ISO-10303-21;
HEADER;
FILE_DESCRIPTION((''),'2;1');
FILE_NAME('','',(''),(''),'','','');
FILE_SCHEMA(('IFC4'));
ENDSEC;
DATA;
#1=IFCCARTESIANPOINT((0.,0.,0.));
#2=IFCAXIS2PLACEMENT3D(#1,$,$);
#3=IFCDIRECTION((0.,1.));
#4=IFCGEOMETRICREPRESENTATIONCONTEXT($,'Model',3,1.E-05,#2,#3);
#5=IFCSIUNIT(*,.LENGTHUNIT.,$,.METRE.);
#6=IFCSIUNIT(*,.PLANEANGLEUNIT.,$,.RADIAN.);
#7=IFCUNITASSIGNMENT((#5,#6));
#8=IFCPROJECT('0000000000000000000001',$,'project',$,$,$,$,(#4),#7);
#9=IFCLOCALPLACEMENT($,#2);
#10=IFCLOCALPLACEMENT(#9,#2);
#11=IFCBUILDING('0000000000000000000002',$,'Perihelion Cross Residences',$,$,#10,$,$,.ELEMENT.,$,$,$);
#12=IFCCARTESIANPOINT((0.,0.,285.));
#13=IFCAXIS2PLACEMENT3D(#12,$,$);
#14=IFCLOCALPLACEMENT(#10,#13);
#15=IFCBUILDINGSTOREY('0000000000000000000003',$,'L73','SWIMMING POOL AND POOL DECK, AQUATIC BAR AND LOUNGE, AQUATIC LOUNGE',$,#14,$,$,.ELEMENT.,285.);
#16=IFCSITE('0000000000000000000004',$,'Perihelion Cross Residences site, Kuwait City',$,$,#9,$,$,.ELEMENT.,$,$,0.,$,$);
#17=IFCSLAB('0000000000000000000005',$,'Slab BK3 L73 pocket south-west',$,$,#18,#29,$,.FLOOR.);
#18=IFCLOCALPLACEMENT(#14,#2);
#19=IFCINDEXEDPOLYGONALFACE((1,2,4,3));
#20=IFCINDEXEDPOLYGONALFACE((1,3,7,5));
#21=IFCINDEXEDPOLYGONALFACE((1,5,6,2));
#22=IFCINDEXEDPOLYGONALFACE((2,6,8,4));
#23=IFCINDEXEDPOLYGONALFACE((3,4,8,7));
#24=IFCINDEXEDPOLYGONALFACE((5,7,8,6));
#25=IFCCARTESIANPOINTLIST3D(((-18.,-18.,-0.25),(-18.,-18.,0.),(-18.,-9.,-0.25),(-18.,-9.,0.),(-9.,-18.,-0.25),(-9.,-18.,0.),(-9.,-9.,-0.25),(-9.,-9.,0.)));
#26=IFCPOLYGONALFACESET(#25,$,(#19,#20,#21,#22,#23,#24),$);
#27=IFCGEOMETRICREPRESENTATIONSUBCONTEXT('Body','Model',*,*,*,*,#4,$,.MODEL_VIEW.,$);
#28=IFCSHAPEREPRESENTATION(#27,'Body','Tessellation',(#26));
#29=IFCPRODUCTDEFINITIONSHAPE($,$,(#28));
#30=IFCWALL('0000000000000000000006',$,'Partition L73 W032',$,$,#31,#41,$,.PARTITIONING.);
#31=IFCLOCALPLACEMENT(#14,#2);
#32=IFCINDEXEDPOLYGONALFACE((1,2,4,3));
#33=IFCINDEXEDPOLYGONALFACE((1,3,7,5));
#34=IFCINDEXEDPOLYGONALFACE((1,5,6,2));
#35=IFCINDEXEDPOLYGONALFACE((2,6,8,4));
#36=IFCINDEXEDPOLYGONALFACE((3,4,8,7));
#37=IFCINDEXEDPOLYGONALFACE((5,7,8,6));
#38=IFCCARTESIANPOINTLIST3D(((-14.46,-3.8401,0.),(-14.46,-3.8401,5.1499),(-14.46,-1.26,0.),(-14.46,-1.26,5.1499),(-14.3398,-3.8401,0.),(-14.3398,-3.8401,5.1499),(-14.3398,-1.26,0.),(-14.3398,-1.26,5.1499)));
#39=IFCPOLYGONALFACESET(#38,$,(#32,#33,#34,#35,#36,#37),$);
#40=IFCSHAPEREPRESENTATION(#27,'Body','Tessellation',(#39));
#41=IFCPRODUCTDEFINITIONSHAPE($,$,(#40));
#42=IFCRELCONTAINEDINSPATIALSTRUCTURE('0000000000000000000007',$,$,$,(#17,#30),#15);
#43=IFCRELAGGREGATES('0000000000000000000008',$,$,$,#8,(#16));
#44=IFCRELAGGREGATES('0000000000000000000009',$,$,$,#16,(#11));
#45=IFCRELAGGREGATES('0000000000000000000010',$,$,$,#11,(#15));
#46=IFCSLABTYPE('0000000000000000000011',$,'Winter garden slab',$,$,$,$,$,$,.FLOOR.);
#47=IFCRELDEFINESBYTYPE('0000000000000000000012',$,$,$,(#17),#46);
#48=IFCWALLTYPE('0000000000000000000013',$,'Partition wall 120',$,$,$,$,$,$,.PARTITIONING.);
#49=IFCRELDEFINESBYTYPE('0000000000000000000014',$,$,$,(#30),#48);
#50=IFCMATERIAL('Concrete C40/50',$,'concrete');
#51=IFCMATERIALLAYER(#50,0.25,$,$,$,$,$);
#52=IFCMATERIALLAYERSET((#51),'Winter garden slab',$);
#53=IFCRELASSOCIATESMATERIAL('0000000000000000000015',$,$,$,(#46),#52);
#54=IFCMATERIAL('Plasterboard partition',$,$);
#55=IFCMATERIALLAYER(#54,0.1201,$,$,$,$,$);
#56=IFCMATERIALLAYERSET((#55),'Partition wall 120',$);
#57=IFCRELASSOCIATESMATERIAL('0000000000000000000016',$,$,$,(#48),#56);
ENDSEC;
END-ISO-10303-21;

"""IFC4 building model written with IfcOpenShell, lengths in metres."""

from ifc_helpers import new_model, si_unit, direction, frame, frame_2d, origin, place, context, subcontext, project, spatial, polyline, rectangle, outline, extrude, material, layer, layer_set, type_object, element, save


model = new_model("IFC4")

# Units and contexts
model_context = context("Model", 3, precision=1e-05, world=origin(), true_north=direction((0.0, 1.0)))
body_context = subcontext(model_context, "Body", "Model", "MODEL_VIEW")
ifc_project = project(units=[si_unit("LENGTHUNIT", "METRE"), si_unit("PLANEANGLEUNIT", "RADIAN")], contexts=[model_context])

# Site, building, storey
site_placement = place(None, origin())
site = spatial("IfcSite", under=ifc_project, at=site_placement, Name="Perihelion Cross Residences site, Kuwait City", CompositionType="ELEMENT", RefElevation=0.0)
building_placement = place(site_placement, origin())
building = spatial("IfcBuilding", under=site, at=building_placement, Name="Perihelion Cross Residences", CompositionType="ELEMENT")
storey_placement = place(building_placement, frame((0.0, 0.0, 285.0)))
storey = spatial("IfcBuildingStorey", under=building, at=storey_placement, Name="L73", Description="SWIMMING POOL AND POOL DECK, AQUATIC BAR AND LOUNGE, AQUATIC LOUNGE", CompositionType="ELEMENT", Elevation=285.0)

# Slab
ifc_material_1 = material(Name="Concrete C40/50", Category="concrete")
ifc_layer_1 = layer(ifc_material_1, 0.25)
ifc_layer_set_1 = layer_set([ifc_layer_1], Name="Winter garden slab")
slab_type_1 = type_object("IfcSlabType", Name="Winter garden slab", PredefinedType="FLOOR", material=ifc_layer_set_1)
slab_1_placement = place(storey_placement, frame((0.0, 0.0, -0.25)))
element("IfcSlab", 1, at=slab_1_placement, inside=storey, type_object=slab_type_1, Name="Slab BK3 L73 pocket south-west", PredefinedType="FLOOR", context=body_context, shape_type="SweptSolid", body=[
    extrude(outline(polyline([(-9.0, -18.0), (-9.0, -9.0), (-18.0, -9.0), (-18.0, -18.0), (-9.0, -18.0)])), origin(), (0.0, 0.0, 1.0), 0.25),
])

# Wall
ifc_material_2 = material(Name="Plasterboard partition")
ifc_layer_2 = layer(ifc_material_2, 0.1201)
ifc_layer_set_2 = layer_set([ifc_layer_2], Name="Partition wall 120")
wall_type = type_object("IfcWallType", Name="Partition wall 120", PredefinedType="PARTITIONING", material=ifc_layer_set_2)
wall_placement = place(storey_placement, frame((-14.3999, -3.8401, 0.0), z_axis=(0.0, 0.0, 1.0), x_axis=(0.0, 1.0, 0.0)))
element("IfcWall", 2, at=wall_placement, inside=storey, type_object=wall_type, Name="Partition L73 W032", PredefinedType="PARTITIONING", context=body_context, shape_type="SweptSolid", body=[
    extrude(rectangle(XDim=2.5801, YDim=0.1201, at=frame_2d((1.29, 0.0))), origin(), (0.0, 0.0, 1.0), 5.1499),
])

save(model, "model.ifc")
